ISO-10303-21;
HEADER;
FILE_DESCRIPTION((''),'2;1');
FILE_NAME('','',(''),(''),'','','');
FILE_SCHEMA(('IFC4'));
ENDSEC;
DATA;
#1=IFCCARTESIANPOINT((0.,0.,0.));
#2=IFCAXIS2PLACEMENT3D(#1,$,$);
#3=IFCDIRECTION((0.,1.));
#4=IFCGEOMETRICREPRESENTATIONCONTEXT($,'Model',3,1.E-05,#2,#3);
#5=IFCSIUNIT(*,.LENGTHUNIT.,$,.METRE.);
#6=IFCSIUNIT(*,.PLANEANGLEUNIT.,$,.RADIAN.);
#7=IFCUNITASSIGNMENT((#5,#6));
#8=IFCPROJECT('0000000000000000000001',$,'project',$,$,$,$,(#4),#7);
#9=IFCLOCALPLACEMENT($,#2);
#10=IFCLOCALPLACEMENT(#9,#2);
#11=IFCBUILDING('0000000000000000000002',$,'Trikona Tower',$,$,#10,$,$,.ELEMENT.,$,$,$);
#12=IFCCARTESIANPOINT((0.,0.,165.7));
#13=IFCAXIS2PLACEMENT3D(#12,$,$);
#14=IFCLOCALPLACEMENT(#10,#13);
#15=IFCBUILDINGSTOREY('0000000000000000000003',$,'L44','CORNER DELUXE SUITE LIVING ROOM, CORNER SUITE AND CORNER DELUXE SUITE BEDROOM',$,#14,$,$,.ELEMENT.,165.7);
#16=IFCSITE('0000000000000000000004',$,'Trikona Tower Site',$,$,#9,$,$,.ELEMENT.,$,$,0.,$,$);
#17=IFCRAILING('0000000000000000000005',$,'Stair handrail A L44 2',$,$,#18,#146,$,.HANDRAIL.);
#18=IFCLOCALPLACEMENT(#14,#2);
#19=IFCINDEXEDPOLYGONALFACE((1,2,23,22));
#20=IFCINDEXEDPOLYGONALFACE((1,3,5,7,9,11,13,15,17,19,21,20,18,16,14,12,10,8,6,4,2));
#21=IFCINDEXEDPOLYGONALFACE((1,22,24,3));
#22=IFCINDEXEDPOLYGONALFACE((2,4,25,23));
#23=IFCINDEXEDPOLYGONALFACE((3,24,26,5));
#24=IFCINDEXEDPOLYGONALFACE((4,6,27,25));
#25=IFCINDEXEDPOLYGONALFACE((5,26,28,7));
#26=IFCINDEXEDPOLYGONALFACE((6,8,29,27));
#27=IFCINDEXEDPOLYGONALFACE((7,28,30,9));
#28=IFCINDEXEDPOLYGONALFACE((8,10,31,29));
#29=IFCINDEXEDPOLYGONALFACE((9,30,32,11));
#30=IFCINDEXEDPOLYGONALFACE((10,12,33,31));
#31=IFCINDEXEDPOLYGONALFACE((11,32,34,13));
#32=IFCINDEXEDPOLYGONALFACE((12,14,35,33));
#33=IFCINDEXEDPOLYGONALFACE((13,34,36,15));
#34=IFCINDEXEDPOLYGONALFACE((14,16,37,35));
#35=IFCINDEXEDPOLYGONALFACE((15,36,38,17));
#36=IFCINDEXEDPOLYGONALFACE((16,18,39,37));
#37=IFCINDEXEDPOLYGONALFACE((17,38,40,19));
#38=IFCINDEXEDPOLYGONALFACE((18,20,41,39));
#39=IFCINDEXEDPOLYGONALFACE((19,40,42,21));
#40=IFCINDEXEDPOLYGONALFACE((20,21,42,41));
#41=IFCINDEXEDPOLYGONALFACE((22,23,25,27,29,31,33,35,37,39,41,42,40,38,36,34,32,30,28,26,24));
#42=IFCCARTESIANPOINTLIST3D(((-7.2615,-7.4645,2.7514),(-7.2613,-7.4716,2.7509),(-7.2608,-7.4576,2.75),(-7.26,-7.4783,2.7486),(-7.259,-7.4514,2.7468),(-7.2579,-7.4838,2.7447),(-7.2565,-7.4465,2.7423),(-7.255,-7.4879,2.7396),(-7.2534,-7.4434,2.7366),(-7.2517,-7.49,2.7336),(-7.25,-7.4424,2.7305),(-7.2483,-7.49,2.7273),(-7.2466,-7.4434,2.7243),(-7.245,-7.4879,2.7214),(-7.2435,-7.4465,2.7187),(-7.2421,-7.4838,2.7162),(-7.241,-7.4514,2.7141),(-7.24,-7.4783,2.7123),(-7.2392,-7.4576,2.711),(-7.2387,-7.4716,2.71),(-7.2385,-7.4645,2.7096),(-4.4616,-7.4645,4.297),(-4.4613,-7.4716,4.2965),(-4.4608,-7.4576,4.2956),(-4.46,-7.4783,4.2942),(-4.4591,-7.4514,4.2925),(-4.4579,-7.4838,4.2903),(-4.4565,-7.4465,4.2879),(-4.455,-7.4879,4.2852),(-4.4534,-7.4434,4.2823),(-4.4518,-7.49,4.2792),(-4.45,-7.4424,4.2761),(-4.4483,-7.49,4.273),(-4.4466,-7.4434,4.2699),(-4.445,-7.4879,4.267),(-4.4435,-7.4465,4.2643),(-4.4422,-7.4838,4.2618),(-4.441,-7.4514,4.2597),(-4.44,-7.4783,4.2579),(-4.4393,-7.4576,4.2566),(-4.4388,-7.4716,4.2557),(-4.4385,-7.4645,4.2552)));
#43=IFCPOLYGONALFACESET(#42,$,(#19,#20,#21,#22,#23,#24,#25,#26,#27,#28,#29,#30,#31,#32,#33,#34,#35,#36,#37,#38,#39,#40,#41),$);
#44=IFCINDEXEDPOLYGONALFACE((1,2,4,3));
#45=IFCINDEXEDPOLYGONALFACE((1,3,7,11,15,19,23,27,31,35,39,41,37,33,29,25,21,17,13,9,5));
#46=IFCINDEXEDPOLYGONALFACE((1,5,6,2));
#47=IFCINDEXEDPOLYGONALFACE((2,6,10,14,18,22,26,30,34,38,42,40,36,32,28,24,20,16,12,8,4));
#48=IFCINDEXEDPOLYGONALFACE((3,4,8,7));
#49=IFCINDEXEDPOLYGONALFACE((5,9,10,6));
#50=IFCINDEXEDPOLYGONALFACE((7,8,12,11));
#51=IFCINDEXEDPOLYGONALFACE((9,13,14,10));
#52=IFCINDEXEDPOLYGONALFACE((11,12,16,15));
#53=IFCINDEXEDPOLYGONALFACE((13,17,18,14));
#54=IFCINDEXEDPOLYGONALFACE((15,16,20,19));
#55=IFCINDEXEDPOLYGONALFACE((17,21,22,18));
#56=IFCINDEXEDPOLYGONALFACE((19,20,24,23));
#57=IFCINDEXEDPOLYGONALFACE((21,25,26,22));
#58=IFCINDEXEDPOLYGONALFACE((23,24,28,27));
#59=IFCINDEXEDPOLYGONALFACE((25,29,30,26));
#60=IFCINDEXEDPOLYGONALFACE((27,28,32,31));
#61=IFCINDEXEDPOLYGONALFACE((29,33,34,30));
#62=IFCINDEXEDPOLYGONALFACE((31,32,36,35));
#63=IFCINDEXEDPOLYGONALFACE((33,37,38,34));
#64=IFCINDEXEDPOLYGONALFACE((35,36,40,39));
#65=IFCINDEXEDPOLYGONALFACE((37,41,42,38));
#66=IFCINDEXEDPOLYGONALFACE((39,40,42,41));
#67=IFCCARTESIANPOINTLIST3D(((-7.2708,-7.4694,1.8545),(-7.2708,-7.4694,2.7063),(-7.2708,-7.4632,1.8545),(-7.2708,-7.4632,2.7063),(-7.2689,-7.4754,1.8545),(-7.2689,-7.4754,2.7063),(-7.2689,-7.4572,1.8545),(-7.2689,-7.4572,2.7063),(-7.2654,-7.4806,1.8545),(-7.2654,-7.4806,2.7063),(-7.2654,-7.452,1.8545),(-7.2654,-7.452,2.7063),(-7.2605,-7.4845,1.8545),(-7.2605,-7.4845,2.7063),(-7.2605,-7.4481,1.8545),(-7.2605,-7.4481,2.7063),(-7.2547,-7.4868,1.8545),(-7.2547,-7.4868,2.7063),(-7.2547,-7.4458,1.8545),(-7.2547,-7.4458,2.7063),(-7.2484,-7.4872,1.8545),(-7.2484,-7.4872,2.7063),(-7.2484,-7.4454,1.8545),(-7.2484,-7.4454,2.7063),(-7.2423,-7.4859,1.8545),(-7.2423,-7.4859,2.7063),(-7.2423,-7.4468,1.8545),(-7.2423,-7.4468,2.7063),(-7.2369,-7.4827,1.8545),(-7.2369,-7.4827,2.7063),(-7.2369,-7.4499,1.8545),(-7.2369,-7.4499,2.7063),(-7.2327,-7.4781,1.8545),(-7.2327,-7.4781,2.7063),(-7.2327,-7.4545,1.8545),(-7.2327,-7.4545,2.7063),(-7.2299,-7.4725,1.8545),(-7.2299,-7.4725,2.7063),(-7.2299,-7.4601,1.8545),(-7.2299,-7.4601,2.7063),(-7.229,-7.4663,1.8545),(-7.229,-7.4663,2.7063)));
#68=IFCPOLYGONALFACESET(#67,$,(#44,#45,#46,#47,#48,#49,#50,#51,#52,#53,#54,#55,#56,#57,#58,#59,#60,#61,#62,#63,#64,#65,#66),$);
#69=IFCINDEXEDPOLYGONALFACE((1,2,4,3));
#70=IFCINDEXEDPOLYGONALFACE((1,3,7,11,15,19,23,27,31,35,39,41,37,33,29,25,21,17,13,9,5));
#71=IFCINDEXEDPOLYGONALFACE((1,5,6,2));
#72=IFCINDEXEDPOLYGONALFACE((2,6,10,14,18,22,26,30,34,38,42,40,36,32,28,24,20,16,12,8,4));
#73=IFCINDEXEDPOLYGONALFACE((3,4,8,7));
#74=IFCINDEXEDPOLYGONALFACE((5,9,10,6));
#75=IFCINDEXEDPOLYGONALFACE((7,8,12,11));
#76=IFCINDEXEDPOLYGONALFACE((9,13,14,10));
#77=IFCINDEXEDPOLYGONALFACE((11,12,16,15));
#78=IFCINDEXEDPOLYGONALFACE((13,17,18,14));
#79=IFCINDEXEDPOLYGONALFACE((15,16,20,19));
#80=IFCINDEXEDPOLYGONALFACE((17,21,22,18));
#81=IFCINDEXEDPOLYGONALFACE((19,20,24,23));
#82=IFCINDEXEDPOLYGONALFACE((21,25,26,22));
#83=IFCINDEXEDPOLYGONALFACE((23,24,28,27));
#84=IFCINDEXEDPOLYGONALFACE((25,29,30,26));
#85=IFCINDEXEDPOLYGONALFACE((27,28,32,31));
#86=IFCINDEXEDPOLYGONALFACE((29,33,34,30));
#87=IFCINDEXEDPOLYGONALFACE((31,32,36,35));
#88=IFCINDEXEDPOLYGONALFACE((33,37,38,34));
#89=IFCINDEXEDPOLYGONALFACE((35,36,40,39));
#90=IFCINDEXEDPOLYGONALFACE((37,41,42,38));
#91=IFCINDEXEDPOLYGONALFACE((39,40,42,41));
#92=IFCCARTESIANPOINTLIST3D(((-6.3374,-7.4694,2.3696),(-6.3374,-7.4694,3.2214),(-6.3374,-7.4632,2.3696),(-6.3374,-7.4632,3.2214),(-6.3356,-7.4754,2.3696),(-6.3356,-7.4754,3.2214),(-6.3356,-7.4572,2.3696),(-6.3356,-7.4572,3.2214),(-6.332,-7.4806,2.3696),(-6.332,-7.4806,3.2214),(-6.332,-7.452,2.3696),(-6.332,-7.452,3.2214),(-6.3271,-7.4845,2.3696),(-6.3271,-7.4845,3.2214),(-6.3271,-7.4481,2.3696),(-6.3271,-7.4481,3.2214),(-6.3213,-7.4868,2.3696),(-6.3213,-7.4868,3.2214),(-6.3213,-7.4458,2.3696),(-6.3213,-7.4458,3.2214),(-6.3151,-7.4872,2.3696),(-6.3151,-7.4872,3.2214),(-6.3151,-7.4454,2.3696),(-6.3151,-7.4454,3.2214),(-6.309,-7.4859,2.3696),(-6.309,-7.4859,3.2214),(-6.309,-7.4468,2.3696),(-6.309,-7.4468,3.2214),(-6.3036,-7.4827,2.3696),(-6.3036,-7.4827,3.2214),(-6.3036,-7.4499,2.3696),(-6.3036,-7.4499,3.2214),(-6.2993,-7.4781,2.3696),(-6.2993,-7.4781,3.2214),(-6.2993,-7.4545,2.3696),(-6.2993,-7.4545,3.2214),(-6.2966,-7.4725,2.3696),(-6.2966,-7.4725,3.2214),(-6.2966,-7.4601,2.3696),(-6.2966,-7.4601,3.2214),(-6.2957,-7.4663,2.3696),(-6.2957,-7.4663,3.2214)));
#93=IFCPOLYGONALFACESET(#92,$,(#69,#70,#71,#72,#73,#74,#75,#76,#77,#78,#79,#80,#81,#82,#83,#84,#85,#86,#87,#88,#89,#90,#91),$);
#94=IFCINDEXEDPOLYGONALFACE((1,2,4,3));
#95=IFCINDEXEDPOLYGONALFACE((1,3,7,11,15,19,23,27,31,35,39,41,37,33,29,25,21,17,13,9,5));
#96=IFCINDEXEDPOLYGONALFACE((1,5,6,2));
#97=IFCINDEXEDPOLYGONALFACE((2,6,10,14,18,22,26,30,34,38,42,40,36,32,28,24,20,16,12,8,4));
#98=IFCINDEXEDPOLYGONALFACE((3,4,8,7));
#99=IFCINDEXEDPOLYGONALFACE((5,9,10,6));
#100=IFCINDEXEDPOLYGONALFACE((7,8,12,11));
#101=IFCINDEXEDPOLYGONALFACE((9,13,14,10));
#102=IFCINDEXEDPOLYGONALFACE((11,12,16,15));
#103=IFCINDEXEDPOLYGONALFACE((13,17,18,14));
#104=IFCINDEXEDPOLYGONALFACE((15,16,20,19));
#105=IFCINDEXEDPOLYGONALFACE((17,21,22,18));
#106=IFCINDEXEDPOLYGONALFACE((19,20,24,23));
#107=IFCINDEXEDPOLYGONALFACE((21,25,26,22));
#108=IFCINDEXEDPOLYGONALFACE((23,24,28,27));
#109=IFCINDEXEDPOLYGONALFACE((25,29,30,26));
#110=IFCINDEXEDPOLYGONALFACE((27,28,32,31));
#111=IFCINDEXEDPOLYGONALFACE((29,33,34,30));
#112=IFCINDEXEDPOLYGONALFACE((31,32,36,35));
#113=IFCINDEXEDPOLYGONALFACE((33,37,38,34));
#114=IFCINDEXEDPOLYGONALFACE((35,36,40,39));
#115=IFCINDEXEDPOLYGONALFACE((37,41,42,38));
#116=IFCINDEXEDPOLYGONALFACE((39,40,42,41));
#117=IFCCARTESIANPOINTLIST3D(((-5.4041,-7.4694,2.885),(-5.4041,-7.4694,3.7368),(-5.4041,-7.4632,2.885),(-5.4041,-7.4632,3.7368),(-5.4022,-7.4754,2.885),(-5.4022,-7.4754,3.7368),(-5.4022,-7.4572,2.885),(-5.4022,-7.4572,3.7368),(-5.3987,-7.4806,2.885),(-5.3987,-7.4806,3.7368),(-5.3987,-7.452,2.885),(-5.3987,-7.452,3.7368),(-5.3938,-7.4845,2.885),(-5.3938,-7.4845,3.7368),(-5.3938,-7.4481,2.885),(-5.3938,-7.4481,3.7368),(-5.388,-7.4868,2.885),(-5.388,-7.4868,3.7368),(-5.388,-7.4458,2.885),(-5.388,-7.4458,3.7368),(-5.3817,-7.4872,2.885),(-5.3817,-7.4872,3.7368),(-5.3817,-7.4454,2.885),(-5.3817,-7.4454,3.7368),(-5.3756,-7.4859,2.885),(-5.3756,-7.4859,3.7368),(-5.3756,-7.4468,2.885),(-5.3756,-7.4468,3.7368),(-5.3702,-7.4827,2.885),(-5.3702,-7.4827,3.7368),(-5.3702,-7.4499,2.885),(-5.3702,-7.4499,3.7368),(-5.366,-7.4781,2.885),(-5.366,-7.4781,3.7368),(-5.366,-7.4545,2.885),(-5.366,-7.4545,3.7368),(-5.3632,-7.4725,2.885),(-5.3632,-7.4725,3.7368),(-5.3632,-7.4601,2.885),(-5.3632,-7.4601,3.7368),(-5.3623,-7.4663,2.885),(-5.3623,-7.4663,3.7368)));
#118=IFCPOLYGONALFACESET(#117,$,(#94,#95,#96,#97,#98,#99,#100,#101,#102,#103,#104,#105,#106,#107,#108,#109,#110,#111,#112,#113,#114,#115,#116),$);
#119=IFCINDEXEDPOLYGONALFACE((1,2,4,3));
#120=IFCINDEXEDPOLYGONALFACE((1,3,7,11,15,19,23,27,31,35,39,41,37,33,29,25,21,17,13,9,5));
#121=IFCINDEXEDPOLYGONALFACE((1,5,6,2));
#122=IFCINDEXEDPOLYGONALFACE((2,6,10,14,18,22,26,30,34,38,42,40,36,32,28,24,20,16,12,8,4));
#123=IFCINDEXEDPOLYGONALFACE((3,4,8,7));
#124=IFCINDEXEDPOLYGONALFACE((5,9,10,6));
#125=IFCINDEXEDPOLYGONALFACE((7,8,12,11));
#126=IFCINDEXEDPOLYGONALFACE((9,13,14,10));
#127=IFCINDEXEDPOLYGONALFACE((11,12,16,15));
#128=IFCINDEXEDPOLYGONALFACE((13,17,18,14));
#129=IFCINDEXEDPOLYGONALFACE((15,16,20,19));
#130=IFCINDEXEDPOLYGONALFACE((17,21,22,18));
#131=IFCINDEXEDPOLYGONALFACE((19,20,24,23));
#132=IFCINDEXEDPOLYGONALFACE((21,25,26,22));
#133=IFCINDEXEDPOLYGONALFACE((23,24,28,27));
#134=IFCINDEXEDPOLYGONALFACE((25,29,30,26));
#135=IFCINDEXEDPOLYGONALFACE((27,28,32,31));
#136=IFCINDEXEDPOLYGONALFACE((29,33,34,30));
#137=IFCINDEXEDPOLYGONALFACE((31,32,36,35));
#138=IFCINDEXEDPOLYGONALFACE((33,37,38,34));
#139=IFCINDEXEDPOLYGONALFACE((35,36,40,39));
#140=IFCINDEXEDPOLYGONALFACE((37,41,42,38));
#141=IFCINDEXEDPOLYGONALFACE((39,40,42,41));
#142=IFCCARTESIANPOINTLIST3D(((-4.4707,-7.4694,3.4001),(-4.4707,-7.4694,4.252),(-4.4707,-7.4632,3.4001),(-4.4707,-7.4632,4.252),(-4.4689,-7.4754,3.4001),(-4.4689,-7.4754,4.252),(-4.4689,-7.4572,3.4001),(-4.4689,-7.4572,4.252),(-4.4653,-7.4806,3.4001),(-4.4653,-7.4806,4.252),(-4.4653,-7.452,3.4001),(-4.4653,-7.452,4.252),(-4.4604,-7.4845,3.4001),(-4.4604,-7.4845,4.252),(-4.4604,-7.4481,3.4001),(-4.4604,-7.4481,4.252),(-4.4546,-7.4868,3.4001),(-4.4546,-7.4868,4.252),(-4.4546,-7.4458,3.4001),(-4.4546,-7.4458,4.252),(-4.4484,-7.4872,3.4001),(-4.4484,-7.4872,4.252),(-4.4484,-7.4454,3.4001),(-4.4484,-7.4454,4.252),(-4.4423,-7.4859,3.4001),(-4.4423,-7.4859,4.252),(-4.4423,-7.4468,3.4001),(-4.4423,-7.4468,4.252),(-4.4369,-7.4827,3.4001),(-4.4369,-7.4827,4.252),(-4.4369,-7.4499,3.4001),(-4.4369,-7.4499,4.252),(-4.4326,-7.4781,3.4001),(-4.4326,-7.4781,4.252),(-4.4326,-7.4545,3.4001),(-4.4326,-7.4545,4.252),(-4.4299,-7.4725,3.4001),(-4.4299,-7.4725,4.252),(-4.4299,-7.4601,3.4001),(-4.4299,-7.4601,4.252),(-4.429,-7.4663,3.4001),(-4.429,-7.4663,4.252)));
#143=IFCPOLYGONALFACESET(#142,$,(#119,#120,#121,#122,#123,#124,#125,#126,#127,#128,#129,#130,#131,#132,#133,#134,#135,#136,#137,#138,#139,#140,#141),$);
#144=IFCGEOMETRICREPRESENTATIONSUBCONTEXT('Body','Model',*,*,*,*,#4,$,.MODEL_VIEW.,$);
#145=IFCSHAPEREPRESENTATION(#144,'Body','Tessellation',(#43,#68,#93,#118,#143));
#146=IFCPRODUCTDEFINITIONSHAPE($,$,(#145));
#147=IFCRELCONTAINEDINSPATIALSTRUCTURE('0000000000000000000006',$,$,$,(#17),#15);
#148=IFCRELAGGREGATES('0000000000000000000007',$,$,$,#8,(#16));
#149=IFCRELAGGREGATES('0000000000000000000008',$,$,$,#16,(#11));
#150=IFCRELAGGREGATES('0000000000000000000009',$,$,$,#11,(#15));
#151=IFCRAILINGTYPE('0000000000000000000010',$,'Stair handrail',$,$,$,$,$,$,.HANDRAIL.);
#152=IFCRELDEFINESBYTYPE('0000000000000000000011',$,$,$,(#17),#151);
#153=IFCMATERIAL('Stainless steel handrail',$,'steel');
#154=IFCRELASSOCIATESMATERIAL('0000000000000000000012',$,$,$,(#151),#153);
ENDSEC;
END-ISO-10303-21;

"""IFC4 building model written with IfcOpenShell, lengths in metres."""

from ifc_helpers import new_model, si_unit, direction, frame, origin, origin_2d, place, context, subcontext, project, spatial, circle, extrude, material, type_object, element, save


model = new_model("IFC4")

# Units and contexts
model_context = context("Model", 3, precision=1e-05, world=origin(), true_north=direction((0.0, 1.0)))
body_context = subcontext(model_context, "Body", "Model", "MODEL_VIEW")
ifc_project = project(units=[si_unit("LENGTHUNIT", "METRE"), si_unit("PLANEANGLEUNIT", "RADIAN")], contexts=[model_context])

# Site, building, storey
site_placement = place(None, origin())
site = spatial("IfcSite", under=ifc_project, at=site_placement, Name="Trikona Tower Site", CompositionType="ELEMENT", RefElevation=0.0)
building_placement = place(site_placement, origin())
building = spatial("IfcBuilding", under=site, at=building_placement, Name="Trikona Tower", CompositionType="ELEMENT")
storey_placement = place(building_placement, frame((0.0, 0.0, 165.7)))
storey = spatial("IfcBuildingStorey", under=building, at=storey_placement, Name="L44", Description="CORNER DELUXE SUITE LIVING ROOM, CORNER SUITE AND CORNER DELUXE SUITE BEDROOM", CompositionType="ELEMENT", Elevation=165.7)

# Railing
ifc_material_1 = material(Name="Stainless steel handrail", Category="steel")
railing_type = type_object("IfcRailingType", Name="Stair handrail", PredefinedType="HANDRAIL", material=ifc_material_1)
railing_1_placement = place(storey_placement, frame((-7.25, -7.4663, 1.8545)))
element("IfcRailing", 1, at=railing_1_placement, inside=storey, type_object=railing_type, Name="Stair handrail A L44 2", PredefinedType="HANDRAIL", context=body_context, shape_type="SweptSolid", body=[
    extrude(circle(Radius=0.0239, at=origin_2d()), frame((0.0, 0.0, 0.876), z_axis=(0.875472, 0.0, 0.483269), x_axis=(0.0, 1.0, 0.0)), (0.0, 0.0, 1.0), 3.1982),
    extrude(circle(Radius=0.021, at=origin_2d()), origin(), (0.0, 0.0, 1.0), 0.8518),
    extrude(circle(Radius=0.021, at=origin_2d()), frame((0.9333, 0.0, 0.5151)), (0.0, 0.0, 1.0), 0.8518),
    extrude(circle(Radius=0.021, at=origin_2d()), frame((1.8667, 0.0, 1.0305)), (0.0, 0.0, 1.0), 0.8518),
    extrude(circle(Radius=0.021, at=origin_2d()), frame((2.8, 0.0, 1.5457)), (0.0, 0.0, 1.0), 0.8518),
])

save(model, "model.ifc")
